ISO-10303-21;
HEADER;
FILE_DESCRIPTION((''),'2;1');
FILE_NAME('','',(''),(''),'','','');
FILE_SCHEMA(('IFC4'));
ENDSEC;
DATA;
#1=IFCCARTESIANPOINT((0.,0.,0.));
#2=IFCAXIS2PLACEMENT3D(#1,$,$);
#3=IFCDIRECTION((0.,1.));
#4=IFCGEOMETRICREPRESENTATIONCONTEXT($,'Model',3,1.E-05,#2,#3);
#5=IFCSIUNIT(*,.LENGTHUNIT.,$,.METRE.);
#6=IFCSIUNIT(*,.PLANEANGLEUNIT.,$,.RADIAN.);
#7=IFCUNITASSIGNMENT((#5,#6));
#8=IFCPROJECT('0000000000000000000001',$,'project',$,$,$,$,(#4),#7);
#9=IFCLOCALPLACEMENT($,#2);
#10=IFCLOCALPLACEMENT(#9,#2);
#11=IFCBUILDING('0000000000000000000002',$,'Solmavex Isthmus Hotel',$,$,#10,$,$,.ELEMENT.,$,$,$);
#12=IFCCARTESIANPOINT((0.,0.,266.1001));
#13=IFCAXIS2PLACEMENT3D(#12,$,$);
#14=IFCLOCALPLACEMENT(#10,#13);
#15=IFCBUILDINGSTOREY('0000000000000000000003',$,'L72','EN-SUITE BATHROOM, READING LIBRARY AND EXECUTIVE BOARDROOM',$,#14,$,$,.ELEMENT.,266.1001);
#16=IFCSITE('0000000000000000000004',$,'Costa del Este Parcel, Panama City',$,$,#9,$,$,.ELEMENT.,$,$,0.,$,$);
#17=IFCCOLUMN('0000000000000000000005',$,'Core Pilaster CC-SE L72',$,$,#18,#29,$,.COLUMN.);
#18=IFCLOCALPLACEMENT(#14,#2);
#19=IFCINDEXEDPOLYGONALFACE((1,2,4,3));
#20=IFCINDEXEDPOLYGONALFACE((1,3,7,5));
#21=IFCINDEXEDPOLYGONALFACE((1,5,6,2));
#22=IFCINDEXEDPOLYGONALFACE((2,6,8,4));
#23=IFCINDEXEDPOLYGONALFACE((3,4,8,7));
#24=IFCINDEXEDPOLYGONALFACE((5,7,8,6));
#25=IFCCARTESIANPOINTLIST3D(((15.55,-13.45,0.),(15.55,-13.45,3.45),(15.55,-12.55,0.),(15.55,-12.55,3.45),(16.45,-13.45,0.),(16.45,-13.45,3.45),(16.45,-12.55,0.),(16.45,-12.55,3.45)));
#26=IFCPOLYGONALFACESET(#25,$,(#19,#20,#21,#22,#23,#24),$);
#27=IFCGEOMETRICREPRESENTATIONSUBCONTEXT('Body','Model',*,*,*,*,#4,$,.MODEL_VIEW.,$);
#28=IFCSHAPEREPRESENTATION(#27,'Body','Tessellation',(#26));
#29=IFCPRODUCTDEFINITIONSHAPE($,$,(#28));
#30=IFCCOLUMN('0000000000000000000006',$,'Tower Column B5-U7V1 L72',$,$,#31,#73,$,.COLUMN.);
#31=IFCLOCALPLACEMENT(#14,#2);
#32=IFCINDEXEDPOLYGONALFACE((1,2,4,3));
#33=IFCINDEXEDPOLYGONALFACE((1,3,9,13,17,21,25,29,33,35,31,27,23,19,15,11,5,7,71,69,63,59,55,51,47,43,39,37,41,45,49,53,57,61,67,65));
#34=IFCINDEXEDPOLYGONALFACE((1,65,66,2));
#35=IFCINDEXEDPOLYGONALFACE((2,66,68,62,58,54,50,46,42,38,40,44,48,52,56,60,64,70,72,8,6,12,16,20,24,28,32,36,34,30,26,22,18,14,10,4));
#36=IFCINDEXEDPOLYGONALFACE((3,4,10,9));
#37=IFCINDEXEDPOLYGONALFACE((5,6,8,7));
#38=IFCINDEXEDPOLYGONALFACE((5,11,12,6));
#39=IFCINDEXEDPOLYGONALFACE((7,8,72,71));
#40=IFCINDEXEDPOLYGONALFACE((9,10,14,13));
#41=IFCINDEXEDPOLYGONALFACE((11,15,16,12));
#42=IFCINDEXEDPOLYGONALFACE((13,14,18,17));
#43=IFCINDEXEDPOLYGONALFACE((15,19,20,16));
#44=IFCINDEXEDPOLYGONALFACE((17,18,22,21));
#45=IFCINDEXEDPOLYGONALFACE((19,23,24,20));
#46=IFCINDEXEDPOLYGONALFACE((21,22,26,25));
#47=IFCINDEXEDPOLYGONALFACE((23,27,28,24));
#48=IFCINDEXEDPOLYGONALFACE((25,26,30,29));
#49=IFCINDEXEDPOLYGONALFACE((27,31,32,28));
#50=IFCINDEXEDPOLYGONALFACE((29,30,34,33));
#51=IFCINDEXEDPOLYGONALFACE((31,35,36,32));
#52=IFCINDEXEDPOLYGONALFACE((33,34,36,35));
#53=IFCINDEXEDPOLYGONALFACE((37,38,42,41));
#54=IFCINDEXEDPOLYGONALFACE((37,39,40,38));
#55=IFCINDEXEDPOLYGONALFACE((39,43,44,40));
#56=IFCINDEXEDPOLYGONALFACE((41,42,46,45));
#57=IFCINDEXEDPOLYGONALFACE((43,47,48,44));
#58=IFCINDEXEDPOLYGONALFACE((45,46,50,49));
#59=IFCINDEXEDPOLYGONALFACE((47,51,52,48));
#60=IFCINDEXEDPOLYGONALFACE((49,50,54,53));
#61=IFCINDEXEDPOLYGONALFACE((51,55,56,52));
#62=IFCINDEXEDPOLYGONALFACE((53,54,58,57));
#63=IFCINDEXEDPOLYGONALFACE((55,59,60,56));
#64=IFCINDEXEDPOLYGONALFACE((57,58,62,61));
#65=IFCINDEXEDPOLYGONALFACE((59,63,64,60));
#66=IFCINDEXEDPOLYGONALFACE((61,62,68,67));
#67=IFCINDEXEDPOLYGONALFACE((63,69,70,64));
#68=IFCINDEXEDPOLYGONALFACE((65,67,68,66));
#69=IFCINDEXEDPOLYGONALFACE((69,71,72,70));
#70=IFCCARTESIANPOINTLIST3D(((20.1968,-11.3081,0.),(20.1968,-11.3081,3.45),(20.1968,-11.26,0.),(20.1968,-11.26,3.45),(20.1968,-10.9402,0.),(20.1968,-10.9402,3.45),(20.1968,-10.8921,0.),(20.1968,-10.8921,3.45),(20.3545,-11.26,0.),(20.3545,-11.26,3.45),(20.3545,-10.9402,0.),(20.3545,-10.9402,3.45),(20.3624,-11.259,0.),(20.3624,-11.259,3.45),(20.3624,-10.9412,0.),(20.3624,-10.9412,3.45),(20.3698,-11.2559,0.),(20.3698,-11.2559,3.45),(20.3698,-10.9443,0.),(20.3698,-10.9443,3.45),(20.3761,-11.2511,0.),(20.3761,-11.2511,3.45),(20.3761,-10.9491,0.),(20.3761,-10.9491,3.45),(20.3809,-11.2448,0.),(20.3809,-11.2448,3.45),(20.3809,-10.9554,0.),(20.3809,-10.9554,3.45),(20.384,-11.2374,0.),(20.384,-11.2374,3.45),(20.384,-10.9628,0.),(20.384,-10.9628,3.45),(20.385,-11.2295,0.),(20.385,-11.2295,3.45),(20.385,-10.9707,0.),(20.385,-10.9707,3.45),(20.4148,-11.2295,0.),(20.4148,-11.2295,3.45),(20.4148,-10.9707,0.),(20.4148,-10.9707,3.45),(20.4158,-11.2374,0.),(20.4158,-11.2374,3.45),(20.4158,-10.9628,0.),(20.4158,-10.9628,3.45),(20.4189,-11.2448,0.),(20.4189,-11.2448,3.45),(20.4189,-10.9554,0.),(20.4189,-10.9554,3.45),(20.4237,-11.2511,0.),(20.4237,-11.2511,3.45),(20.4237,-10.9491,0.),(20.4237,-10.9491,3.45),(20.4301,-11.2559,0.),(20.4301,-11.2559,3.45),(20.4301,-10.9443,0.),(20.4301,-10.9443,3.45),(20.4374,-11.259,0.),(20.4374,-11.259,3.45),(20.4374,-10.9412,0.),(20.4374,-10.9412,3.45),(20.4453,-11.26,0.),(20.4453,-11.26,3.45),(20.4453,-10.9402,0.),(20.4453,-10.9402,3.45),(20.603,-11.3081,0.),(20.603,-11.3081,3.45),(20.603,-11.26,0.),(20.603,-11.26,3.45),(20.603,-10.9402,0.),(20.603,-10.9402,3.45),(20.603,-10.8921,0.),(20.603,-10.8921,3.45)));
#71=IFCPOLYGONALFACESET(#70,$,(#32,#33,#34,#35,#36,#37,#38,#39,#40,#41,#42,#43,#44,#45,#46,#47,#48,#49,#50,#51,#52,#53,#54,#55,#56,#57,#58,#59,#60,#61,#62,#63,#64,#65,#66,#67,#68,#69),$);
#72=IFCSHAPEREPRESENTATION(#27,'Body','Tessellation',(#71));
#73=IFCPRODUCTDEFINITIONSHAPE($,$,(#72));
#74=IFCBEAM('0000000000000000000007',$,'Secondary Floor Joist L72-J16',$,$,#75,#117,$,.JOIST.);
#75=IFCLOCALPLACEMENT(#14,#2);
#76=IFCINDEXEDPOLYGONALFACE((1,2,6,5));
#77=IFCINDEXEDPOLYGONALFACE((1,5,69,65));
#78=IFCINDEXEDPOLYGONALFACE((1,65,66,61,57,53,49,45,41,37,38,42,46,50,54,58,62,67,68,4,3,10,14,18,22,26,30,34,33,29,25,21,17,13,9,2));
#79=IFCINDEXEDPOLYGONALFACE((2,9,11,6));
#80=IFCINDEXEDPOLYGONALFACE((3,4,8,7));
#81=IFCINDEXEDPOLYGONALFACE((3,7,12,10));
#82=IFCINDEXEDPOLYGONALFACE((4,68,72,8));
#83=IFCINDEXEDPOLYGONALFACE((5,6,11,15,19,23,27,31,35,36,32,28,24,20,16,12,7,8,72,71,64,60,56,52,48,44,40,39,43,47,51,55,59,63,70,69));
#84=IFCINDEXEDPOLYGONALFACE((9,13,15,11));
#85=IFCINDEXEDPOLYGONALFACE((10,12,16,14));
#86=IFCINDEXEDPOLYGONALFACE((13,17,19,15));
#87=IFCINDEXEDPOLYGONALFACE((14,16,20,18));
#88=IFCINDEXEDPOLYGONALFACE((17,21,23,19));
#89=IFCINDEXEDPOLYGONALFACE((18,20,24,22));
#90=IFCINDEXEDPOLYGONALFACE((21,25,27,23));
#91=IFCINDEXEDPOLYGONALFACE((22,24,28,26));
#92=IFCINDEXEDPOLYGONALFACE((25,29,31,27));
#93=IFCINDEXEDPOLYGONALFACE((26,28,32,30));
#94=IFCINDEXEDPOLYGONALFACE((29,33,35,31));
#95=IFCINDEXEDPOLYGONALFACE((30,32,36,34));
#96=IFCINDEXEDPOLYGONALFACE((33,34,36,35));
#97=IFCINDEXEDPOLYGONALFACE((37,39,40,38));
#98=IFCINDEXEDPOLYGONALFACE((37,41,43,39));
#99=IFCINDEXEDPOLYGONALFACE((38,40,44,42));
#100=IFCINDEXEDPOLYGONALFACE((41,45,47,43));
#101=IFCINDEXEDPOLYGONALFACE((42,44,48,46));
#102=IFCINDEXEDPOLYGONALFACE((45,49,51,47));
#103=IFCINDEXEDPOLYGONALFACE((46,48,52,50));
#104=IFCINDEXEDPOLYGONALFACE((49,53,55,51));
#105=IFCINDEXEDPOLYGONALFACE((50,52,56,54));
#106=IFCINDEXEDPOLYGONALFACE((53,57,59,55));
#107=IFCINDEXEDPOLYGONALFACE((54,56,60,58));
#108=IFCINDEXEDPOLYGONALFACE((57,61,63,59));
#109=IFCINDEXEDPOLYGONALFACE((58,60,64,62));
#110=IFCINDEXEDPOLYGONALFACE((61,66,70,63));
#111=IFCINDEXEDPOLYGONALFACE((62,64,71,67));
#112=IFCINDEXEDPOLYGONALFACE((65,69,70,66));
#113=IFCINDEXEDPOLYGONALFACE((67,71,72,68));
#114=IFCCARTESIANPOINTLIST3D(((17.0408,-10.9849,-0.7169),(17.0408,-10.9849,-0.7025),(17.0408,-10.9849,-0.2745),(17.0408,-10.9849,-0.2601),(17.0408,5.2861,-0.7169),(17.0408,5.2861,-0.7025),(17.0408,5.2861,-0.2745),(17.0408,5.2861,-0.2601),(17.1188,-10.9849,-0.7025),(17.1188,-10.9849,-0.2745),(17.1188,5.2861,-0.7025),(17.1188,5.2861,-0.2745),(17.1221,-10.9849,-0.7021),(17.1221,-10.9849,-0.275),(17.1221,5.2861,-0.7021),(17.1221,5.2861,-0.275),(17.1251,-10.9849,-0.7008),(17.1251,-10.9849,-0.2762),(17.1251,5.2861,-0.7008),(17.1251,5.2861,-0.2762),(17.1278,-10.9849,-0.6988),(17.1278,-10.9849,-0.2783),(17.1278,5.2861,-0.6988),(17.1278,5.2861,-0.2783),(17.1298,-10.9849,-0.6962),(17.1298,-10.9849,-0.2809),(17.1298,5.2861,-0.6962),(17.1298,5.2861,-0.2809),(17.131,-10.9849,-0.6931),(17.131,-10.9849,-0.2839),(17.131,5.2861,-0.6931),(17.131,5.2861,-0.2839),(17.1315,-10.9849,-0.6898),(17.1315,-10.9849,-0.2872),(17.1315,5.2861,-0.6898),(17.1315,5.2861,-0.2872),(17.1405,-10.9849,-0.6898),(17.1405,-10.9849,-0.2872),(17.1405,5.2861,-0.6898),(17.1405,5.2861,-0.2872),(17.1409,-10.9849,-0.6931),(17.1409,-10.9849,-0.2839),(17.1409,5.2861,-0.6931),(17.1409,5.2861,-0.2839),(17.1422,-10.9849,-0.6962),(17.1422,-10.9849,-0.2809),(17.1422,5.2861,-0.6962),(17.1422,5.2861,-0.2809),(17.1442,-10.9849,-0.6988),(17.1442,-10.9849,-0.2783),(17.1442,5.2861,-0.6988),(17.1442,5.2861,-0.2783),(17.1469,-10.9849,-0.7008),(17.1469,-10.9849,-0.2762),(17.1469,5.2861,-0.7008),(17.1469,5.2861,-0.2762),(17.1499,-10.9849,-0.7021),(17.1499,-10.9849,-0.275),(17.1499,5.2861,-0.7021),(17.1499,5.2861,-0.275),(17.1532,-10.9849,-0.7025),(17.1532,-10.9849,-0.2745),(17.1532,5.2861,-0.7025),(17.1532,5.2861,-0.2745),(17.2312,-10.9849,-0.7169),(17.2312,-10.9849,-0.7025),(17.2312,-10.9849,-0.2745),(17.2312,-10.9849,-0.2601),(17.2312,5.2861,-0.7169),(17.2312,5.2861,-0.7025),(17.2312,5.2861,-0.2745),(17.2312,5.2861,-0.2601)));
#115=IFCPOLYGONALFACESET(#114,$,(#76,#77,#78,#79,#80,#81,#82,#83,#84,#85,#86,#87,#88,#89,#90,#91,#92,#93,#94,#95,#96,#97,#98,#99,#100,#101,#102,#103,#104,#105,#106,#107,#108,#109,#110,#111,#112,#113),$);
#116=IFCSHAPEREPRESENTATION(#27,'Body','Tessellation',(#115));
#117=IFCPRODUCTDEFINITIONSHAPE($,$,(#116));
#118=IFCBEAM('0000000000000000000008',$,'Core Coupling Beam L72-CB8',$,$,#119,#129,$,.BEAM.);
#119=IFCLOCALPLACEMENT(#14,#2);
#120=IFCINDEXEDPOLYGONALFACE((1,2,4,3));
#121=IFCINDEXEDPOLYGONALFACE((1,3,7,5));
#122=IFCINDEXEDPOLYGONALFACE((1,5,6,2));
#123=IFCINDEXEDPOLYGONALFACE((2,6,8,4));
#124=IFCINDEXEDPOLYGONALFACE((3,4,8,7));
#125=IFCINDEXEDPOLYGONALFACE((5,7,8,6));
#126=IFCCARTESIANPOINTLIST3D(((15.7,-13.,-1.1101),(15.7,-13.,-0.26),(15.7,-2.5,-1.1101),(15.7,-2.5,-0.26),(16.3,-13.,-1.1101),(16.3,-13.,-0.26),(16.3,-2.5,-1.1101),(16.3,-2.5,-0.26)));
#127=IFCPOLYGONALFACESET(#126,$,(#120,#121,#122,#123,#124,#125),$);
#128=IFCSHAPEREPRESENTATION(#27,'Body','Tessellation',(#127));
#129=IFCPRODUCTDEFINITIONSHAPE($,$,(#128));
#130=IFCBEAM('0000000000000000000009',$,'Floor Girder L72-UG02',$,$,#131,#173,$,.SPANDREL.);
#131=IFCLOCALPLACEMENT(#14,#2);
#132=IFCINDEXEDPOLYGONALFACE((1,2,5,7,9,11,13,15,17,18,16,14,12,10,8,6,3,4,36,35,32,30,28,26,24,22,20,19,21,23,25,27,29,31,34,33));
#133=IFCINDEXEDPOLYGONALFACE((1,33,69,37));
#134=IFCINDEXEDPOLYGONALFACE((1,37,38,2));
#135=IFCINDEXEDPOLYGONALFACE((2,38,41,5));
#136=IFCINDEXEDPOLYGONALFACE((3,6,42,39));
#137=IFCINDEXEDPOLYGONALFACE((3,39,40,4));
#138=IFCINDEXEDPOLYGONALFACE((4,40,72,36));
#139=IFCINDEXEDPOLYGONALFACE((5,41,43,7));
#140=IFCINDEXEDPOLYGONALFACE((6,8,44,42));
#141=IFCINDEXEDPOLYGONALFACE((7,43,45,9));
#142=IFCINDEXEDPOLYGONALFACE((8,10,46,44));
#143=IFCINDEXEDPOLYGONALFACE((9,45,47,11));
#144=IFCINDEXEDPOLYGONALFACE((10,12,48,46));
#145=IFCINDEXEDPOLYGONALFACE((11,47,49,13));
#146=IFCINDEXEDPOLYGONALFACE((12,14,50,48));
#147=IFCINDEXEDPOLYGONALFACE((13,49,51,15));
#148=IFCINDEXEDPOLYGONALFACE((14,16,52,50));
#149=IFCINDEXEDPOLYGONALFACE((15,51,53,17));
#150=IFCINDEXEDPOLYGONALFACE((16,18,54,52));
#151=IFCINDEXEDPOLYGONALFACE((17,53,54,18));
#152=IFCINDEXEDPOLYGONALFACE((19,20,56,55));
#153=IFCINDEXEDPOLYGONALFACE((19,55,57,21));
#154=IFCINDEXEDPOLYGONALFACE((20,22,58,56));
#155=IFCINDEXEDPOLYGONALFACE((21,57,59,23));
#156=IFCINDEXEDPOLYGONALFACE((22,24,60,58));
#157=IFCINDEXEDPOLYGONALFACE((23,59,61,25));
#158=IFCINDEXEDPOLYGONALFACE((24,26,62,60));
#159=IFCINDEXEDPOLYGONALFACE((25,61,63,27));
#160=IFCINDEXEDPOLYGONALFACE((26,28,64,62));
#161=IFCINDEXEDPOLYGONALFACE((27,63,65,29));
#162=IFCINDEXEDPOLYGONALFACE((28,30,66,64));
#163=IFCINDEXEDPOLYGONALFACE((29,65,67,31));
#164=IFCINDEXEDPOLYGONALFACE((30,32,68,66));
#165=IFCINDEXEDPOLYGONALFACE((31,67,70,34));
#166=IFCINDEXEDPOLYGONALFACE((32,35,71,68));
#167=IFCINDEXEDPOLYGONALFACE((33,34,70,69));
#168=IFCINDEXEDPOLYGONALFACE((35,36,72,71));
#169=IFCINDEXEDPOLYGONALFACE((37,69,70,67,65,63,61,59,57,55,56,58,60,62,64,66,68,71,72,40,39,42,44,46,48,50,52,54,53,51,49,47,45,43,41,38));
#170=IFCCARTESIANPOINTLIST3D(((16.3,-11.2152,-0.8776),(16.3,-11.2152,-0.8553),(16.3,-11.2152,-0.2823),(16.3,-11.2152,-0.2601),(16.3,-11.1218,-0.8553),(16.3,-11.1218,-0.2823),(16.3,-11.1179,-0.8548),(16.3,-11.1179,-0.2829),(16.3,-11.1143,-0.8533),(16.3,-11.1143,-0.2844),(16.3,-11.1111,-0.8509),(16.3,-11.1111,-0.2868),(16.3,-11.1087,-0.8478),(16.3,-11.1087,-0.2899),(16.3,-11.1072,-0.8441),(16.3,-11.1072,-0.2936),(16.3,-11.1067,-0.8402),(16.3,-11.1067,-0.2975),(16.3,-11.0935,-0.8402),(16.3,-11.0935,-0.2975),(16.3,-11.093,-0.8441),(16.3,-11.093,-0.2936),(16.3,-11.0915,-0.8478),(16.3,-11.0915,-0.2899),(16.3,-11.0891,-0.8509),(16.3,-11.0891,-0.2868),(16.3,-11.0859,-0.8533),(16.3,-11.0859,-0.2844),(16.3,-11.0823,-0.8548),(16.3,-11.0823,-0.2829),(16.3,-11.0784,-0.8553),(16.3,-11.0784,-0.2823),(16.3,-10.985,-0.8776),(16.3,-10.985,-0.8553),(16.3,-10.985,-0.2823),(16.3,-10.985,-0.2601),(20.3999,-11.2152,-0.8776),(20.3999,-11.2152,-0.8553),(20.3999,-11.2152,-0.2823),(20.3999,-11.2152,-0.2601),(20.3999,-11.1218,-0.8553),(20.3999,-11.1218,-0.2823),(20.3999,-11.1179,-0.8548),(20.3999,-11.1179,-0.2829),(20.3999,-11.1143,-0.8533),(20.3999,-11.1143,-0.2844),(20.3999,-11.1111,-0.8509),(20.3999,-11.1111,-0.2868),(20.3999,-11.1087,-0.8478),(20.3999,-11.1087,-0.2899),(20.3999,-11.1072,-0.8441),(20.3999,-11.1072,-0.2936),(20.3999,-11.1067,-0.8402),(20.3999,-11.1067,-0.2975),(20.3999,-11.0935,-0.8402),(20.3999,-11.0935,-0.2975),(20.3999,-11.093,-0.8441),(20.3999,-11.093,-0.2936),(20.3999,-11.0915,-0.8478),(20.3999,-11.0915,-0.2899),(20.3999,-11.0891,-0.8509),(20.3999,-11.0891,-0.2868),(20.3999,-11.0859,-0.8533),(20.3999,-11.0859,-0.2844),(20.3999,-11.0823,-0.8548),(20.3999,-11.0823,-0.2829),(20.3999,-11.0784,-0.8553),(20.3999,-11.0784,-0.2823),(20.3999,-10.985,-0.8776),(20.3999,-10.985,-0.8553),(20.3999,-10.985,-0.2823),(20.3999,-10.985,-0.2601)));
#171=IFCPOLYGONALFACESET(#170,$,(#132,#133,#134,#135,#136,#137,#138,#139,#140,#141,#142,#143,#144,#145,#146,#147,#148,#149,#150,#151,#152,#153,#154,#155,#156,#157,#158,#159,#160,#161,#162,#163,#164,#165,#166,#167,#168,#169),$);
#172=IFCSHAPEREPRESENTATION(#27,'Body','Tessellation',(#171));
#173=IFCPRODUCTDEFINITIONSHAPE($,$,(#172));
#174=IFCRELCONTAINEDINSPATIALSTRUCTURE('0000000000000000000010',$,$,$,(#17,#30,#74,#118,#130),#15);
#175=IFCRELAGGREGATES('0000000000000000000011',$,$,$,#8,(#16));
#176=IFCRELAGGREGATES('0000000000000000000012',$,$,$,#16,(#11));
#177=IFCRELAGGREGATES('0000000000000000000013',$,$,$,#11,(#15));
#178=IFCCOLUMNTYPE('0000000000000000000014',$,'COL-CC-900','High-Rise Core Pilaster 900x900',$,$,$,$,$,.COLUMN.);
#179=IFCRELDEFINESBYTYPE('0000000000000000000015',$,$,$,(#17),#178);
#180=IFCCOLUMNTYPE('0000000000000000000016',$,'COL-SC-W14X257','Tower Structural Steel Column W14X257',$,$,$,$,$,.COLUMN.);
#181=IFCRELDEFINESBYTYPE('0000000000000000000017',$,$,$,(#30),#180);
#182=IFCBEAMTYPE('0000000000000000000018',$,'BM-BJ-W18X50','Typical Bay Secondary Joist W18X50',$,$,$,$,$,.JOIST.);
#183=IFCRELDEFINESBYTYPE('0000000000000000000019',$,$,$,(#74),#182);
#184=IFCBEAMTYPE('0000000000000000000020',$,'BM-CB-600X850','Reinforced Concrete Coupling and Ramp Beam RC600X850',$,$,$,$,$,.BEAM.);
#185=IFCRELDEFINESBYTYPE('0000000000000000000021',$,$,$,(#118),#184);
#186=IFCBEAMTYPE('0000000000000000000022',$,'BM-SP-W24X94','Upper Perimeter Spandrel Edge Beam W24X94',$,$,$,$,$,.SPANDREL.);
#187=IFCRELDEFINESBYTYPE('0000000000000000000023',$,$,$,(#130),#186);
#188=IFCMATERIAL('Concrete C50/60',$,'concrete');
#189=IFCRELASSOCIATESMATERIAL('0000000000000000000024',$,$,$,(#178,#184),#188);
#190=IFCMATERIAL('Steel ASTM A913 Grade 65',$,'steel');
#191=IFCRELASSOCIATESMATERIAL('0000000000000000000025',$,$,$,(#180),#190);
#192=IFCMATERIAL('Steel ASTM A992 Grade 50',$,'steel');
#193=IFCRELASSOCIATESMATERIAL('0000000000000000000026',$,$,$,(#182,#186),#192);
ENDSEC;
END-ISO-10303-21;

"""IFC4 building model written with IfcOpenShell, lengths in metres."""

from ifc_helpers import new_model, si_unit, direction, frame, origin, origin_2d, place, context, subcontext, project, spatial, rectangle, i_section, extrude, material, material_profile, profile_set, type_object, element, save


model = new_model("IFC4")

# Units and contexts
model_context = context("Model", 3, precision=1e-05, world=origin(), true_north=direction((0.0, 1.0)))
body_context = subcontext(model_context, "Body", "Model", "MODEL_VIEW")
ifc_project = project(units=[si_unit("LENGTHUNIT", "METRE"), si_unit("PLANEANGLEUNIT", "RADIAN")], contexts=[model_context])

# Site, building, storey
site_placement = place(None, origin())
site = spatial("IfcSite", under=ifc_project, at=site_placement, Name="Costa del Este Parcel, Panama City", CompositionType="ELEMENT", RefElevation=0.0)
building_placement = place(site_placement, origin())
building = spatial("IfcBuilding", under=site, at=building_placement, Name="Solmavex Isthmus Hotel", CompositionType="ELEMENT")
storey_placement = place(building_placement, frame((0.0, 0.0, 266.1001)))
storey = spatial("IfcBuildingStorey", under=building, at=storey_placement, Name="L72", Description="EN-SUITE BATHROOM, READING LIBRARY AND EXECUTIVE BOARDROOM", CompositionType="ELEMENT", Elevation=266.1001)

# Columns
ifc_material_1 = material(Name="Concrete C50/60", Category="concrete")
ifc_material_profile_1 = material_profile(ifc_material_1, rectangle(XDim=0.8999, YDim=0.8999, at=origin_2d()), Name="RC900X900")
ifc_profile_set_1 = profile_set([ifc_material_profile_1], Name="Concrete C50/60")
column_type_1 = type_object("IfcColumnType", Name="COL-CC-900", Description="High-Rise Core Pilaster 900x900", PredefinedType="COLUMN", material=ifc_profile_set_1)
column_1_placement = place(storey_placement, frame((16.0, -13.0, 0.0), z_axis=(0.0, 0.0, 1.0), x_axis=(1.0, 0.0, 0.0)))
element("IfcColumn", 1, at=column_1_placement, inside=storey, type_object=column_type_1, Name="Core Pilaster CC-SE L72", PredefinedType="COLUMN", context=body_context, shape_type="SweptSolid", body=[
    extrude(rectangle(XDim=0.8999, YDim=0.8999, at=origin_2d()), origin(), (0.0, 0.0, 1.0), 3.45),
])
ifc_material_2 = material(Name="Steel ASTM A913 Grade 65", Category="steel")
ifc_material_profile_2 = material_profile(ifc_material_2, i_section(OverallWidth=0.4062, OverallDepth=0.416, WebThickness=0.0298, FlangeThickness=0.0481, FilletRadius=0.0305, at=origin_2d()), Name="W14X257")
ifc_profile_set_2 = profile_set([ifc_material_profile_2], Name="Steel ASTM A913 Grade 65")
column_type_2 = type_object("IfcColumnType", Name="COL-SC-W14X257", Description="Tower Structural Steel Column W14X257", PredefinedType="COLUMN", material=ifc_profile_set_2)
column_2_placement = place(storey_placement, frame((20.3999, -11.1001, 0.0), z_axis=(0.0, 0.0, 1.0), x_axis=(1.0, 0.0, 0.0)))
element("IfcColumn", 2, at=column_2_placement, inside=storey, type_object=column_type_2, Name="Tower Column B5-U7V1 L72", PredefinedType="COLUMN", context=body_context, shape_type="SweptSolid", body=[
    extrude(i_section(OverallWidth=0.4062, OverallDepth=0.416, WebThickness=0.0298, FlangeThickness=0.0481, FilletRadius=0.0305, at=origin_2d()), origin(), (0.0, 0.0, 1.0), 3.45),
])

# Beams
ifc_material_3 = material(Name="Steel ASTM A992 Grade 50", Category="steel")
ifc_material_profile_3 = material_profile(ifc_material_3, i_section(OverallWidth=0.1904, OverallDepth=0.4568, WebThickness=0.009, FlangeThickness=0.0144, FilletRadius=0.0127, at=origin_2d()), Name="W18X50")
ifc_profile_set_3 = profile_set([ifc_material_profile_3], Name="Steel ASTM A992 Grade 50")
beam_type_1 = type_object("IfcBeamType", Name="BM-BJ-W18X50", Description="Typical Bay Secondary Joist W18X50", PredefinedType="JOIST", material=ifc_profile_set_3)
beam_1_placement = place(storey_placement, frame((17.136, -10.9849, -0.4885), z_axis=(0.0, 1.0, 0.0), x_axis=(-1.0, 0.0, 0.0)))
element("IfcBeam", 3, at=beam_1_placement, inside=storey, type_object=beam_type_1, Name="Secondary Floor Joist L72-J16", PredefinedType="JOIST", context=body_context, shape_type="SweptSolid", body=[
    extrude(i_section(OverallWidth=0.1904, OverallDepth=0.4568, WebThickness=0.009, FlangeThickness=0.0144, FilletRadius=0.0127, at=origin_2d()), origin(), (0.0, 0.0, 1.0), 16.271),
])
ifc_material_profile_4 = material_profile(ifc_material_1, rectangle(XDim=0.6001, YDim=0.8501, at=origin_2d()), Name="RC600X850")
ifc_profile_set_4 = profile_set([ifc_material_profile_4], Name="Concrete C50/60")
beam_type_2 = type_object("IfcBeamType", Name="BM-CB-600X850", Description="Reinforced Concrete Coupling and Ramp Beam RC600X850", PredefinedType="BEAM", material=ifc_profile_set_4)
beam_2_placement = place(storey_placement, frame((16.0, -13.0, -0.6851), z_axis=(0.0, 1.0, 0.0), x_axis=(-1.0, 0.0, 0.0)))
element("IfcBeam", 4, at=beam_2_placement, inside=storey, type_object=beam_type_2, Name="Core Coupling Beam L72-CB8", PredefinedType="BEAM", context=body_context, shape_type="SweptSolid", body=[
    extrude(rectangle(XDim=0.6001, YDim=0.8501, at=origin_2d()), origin(), (0.0, 0.0, 1.0), 10.5),
])
ifc_material_profile_5 = material_profile(ifc_material_3, i_section(OverallWidth=0.2302, OverallDepth=0.6174, WebThickness=0.0132, FlangeThickness=0.0222, FilletRadius=0.0151, at=origin_2d()), Name="W24X94")
ifc_profile_set_5 = profile_set([ifc_material_profile_5], Name="Steel ASTM A992 Grade 50")
beam_type_3 = type_object("IfcBeamType", Name="BM-SP-W24X94", Description="Upper Perimeter Spandrel Edge Beam W24X94", PredefinedType="SPANDREL", material=ifc_profile_set_5)
beam_3_placement = place(storey_placement, frame((16.3, -11.1001, -0.5688), z_axis=(1.0, 0.0, 0.0), x_axis=(0.0, 1.0, 0.0)))
element("IfcBeam", 5, at=beam_3_placement, inside=storey, type_object=beam_type_3, Name="Floor Girder L72-UG02", PredefinedType="SPANDREL", context=body_context, shape_type="SweptSolid", body=[
    extrude(i_section(OverallWidth=0.2302, OverallDepth=0.6174, WebThickness=0.0132, FlangeThickness=0.0222, FilletRadius=0.0151, at=origin_2d()), origin(), (0.0, 0.0, 1.0), 4.0999),
])

save(model, "model.ifc")
